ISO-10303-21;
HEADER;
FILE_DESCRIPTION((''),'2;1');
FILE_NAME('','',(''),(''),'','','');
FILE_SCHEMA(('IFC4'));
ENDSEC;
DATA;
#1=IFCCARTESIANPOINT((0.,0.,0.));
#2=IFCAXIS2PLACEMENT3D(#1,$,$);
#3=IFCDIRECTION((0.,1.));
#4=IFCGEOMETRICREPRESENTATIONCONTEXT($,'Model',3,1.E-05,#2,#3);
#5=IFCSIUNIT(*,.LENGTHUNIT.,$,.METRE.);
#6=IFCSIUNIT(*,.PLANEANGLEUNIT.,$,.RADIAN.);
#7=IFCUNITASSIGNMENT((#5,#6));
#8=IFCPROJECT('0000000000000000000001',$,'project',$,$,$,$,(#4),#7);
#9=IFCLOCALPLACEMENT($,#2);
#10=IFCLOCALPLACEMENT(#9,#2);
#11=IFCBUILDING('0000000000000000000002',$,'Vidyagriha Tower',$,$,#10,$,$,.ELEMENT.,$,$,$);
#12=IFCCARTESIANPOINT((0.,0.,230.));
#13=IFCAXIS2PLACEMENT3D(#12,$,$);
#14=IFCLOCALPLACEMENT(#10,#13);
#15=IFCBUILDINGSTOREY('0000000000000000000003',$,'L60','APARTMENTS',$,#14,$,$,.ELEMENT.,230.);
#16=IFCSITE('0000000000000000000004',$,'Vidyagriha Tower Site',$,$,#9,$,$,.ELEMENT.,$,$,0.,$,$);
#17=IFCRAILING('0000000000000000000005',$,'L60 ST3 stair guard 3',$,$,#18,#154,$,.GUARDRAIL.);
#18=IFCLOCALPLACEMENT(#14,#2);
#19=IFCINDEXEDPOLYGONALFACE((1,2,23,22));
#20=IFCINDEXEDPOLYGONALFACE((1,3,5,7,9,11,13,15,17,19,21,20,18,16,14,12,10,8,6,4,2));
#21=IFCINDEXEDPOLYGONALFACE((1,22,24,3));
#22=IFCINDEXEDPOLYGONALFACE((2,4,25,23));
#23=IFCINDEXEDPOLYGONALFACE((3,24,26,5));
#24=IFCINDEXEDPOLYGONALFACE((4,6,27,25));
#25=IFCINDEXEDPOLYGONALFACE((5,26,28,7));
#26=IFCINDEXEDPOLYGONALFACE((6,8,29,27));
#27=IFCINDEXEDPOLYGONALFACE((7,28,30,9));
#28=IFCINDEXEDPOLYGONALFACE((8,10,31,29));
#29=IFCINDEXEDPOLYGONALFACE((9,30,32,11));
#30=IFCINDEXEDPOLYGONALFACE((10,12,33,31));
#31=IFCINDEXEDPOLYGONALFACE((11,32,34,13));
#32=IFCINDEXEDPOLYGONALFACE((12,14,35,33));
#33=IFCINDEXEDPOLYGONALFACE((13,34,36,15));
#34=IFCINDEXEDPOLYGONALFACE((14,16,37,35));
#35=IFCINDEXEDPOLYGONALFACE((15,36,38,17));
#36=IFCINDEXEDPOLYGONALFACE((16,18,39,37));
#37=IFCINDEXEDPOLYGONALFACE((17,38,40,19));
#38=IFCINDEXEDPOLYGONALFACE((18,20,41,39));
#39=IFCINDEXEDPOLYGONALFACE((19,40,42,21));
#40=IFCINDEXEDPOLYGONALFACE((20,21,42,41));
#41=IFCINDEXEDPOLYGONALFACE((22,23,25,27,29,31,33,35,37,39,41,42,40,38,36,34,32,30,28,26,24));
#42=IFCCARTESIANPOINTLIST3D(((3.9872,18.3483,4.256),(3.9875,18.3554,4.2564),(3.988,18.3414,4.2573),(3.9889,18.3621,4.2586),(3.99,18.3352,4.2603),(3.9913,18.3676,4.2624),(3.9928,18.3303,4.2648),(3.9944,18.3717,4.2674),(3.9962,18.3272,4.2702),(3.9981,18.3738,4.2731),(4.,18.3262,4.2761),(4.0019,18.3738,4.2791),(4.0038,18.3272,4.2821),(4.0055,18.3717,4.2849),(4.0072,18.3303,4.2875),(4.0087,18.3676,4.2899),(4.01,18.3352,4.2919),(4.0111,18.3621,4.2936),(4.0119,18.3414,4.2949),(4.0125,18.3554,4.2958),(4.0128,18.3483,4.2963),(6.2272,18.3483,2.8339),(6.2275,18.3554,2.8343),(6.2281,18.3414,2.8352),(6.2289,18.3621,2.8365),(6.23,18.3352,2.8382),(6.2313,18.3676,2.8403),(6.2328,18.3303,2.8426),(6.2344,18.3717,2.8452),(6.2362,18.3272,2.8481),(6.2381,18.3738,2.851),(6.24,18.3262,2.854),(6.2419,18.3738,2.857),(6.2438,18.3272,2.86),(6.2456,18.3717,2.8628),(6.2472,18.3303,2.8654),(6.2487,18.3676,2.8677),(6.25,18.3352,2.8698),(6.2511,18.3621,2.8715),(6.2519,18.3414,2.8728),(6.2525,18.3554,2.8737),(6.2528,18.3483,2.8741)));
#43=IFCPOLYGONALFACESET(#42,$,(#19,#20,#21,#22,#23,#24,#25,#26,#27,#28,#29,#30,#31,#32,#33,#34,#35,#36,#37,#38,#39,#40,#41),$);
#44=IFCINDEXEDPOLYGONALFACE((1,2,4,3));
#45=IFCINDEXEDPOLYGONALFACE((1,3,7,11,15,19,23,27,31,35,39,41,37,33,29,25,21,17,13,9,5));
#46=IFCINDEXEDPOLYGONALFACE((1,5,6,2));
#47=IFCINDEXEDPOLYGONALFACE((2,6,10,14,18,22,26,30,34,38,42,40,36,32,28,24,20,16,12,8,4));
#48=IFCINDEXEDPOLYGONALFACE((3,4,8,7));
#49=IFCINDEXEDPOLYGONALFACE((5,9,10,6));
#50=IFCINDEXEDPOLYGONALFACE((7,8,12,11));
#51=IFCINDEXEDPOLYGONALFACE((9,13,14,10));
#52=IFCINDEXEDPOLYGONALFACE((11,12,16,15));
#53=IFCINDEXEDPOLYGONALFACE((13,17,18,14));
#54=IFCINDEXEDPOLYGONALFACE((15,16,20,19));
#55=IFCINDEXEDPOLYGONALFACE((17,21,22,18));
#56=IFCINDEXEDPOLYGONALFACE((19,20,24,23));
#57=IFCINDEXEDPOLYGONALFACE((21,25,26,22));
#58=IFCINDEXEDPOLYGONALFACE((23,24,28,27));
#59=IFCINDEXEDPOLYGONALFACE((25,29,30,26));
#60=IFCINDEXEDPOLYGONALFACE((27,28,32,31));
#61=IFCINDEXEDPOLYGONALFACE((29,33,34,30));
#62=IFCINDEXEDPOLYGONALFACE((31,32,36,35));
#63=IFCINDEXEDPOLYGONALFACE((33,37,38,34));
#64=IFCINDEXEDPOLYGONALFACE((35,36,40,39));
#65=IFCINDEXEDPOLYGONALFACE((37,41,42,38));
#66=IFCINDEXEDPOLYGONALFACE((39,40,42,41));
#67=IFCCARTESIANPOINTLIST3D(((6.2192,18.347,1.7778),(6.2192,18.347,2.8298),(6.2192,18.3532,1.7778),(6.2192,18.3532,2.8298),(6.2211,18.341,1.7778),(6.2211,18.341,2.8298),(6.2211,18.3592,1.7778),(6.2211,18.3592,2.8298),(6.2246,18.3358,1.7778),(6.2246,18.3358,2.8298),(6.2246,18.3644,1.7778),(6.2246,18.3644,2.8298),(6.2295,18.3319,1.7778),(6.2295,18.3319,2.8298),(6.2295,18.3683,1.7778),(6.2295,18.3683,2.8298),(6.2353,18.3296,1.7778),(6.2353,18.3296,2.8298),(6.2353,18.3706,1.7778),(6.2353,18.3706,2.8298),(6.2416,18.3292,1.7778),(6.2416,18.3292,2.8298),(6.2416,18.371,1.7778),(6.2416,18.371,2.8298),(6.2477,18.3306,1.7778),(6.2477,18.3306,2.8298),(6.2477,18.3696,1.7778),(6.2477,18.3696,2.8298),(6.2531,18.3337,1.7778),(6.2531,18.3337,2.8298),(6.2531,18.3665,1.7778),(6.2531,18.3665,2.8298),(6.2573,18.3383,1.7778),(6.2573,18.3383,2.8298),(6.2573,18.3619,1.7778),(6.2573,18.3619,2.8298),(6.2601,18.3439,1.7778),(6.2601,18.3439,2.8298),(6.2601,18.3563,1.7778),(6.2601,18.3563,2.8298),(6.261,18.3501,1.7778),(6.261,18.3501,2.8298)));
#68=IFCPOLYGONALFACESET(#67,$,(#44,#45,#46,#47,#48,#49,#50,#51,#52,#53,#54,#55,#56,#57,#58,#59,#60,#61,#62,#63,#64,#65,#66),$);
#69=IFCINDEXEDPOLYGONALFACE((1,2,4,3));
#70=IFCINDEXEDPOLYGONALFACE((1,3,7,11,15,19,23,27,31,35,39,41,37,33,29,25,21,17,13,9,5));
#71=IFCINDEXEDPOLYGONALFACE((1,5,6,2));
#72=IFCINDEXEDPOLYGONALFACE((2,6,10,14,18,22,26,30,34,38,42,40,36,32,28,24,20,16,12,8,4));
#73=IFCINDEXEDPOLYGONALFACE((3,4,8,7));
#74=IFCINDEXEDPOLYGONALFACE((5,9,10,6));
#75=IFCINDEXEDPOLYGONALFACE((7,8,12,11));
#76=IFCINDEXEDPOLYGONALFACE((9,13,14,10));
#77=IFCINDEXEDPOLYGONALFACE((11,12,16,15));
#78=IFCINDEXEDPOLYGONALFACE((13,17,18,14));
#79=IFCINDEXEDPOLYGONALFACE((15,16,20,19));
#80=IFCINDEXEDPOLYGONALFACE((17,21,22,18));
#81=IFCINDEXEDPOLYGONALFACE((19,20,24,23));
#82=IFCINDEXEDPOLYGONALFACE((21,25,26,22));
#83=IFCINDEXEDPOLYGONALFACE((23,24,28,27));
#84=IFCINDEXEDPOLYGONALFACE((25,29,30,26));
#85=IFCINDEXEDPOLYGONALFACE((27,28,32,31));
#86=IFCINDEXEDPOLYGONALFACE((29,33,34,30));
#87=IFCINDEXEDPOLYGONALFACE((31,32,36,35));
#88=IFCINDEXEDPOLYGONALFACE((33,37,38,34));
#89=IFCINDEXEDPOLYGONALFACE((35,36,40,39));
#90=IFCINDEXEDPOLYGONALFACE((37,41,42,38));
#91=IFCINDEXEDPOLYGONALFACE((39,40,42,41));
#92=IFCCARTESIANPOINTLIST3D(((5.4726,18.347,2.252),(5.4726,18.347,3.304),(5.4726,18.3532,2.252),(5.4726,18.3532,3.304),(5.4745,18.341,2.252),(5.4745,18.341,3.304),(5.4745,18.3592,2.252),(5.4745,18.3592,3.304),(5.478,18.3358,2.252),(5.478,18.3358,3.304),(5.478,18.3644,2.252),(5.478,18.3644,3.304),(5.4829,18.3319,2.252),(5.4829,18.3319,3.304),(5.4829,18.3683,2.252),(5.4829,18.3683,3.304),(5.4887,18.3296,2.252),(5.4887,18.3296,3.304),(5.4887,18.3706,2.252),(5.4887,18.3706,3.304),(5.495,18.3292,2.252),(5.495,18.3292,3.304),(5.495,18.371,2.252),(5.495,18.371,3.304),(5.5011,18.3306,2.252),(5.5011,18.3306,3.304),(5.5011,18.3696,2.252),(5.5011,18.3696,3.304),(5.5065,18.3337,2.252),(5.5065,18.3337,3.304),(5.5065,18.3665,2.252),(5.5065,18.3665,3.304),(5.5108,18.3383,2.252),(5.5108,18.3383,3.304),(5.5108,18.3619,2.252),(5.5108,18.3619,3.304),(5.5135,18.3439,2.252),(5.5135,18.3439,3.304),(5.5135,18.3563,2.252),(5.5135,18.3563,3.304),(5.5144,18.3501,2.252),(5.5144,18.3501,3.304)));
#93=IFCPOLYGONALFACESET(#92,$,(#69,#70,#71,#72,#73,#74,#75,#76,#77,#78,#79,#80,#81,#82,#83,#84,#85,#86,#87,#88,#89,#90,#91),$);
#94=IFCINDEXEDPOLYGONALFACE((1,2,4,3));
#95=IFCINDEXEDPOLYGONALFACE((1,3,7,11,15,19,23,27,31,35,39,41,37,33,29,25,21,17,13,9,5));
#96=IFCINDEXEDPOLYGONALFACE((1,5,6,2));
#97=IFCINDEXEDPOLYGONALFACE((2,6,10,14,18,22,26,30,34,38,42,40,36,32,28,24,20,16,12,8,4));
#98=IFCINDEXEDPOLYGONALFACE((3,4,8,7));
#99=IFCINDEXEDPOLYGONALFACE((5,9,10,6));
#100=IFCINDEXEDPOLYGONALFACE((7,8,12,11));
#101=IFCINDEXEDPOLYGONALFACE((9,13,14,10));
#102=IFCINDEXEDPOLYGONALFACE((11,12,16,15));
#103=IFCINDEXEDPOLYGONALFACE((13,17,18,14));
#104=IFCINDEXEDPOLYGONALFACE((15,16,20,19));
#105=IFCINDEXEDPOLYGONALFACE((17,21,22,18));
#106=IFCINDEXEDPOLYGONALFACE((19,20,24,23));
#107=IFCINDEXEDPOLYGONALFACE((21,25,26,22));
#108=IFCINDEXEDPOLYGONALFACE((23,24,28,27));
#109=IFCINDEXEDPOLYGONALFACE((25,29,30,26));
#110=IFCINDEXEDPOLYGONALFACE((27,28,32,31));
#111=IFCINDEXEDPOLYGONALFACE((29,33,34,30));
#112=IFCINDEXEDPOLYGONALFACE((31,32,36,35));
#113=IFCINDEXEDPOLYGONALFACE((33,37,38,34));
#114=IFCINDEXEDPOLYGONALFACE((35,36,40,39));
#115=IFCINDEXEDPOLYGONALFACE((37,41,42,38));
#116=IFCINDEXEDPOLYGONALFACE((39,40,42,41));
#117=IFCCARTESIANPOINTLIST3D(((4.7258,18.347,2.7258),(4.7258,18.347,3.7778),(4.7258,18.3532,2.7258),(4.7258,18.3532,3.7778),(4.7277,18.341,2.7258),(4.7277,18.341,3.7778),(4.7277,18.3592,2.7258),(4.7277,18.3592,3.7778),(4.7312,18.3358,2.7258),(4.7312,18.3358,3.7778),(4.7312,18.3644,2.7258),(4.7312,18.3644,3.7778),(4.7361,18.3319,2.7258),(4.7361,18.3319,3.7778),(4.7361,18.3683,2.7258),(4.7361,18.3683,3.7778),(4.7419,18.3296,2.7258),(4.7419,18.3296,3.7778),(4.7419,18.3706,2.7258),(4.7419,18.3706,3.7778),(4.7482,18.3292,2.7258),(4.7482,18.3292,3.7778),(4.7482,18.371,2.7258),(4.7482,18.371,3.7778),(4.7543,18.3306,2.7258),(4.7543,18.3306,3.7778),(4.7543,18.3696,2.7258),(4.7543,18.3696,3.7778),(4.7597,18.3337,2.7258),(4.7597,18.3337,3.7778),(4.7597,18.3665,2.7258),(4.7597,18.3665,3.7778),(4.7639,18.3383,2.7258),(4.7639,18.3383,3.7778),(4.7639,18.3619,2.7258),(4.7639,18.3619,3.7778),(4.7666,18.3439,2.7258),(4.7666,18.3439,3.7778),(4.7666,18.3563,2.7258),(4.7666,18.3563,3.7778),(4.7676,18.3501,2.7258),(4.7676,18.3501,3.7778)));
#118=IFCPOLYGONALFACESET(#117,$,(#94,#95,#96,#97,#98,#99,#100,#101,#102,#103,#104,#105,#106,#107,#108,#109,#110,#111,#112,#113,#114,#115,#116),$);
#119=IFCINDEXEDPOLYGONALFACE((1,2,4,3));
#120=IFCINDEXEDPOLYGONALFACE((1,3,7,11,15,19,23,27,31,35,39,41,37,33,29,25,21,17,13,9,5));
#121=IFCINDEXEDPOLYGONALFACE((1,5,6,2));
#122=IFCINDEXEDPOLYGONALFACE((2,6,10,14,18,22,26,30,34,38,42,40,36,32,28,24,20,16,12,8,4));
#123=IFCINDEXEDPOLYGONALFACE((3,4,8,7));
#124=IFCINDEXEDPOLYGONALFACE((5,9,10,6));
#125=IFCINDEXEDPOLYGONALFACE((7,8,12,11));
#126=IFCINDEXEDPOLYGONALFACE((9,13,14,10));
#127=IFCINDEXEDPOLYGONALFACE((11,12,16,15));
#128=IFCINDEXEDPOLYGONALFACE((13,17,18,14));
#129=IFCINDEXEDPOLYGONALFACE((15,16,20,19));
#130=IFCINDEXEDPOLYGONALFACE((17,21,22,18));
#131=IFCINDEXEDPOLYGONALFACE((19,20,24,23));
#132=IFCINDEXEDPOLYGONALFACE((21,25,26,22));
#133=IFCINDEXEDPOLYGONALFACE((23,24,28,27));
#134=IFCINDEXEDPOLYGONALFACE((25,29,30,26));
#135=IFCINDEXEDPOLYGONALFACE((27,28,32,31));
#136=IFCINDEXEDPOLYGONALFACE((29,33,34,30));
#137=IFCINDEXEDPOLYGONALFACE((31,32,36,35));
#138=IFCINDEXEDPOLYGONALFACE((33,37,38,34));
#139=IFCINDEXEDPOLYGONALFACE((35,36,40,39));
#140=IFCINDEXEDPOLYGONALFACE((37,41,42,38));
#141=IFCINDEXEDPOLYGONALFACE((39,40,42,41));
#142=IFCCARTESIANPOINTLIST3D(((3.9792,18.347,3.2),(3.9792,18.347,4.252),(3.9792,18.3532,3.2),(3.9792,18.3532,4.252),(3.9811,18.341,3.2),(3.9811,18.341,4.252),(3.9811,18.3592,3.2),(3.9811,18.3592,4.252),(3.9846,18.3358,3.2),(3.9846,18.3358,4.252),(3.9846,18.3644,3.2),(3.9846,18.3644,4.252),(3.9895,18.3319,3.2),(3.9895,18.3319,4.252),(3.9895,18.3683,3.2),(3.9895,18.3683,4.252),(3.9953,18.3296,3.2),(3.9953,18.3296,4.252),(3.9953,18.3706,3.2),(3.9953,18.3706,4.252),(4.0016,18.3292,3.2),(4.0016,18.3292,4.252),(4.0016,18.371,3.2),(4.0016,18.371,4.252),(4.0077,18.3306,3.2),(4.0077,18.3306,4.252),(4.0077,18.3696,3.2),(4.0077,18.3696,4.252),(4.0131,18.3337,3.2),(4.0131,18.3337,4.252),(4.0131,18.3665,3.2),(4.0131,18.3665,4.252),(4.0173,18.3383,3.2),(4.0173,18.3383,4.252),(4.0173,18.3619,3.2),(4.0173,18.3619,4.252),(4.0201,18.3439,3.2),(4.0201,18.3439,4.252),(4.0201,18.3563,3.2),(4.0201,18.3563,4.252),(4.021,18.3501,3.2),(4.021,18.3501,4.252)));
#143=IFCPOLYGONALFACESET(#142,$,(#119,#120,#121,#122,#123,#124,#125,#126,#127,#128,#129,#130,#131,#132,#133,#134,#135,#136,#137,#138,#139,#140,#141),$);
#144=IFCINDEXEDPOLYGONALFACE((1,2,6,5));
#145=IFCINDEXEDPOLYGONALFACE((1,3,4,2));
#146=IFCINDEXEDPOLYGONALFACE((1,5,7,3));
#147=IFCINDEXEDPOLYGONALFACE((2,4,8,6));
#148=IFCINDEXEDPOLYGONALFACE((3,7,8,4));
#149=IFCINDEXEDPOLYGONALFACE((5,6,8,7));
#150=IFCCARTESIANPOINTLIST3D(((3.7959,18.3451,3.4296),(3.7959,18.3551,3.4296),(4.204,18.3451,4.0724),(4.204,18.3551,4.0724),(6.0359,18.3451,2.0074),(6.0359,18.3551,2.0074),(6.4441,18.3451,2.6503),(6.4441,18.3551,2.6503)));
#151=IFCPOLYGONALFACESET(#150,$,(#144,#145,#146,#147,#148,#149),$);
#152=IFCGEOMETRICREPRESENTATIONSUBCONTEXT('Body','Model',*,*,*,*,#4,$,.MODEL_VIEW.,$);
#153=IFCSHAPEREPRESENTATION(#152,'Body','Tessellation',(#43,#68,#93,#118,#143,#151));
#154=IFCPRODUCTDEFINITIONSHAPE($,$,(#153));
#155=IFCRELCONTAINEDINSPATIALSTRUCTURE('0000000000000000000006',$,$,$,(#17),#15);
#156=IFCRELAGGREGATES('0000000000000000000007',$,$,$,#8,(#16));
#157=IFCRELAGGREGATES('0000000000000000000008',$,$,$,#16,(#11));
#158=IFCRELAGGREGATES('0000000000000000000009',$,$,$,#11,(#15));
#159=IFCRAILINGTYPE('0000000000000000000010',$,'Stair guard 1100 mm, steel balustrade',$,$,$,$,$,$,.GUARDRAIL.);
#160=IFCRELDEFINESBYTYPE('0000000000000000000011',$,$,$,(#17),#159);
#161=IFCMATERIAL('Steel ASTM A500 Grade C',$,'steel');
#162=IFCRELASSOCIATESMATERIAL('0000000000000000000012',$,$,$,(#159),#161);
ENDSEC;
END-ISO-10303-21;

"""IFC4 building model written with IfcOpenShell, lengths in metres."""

from ifc_helpers import new_model, si_unit, direction, frame, origin, origin_2d, place, context, subcontext, project, spatial, rectangle, circle, extrude, material, type_object, element, save


model = new_model("IFC4")

# Units and contexts
model_context = context("Model", 3, precision=1e-05, world=origin(), true_north=direction((0.0, 1.0)))
body_context = subcontext(model_context, "Body", "Model", "MODEL_VIEW")
ifc_project = project(units=[si_unit("LENGTHUNIT", "METRE"), si_unit("PLANEANGLEUNIT", "RADIAN")], contexts=[model_context])

# Site, building, storey
site_placement = place(None, origin())
site = spatial("IfcSite", under=ifc_project, at=site_placement, Name="Vidyagriha Tower Site", CompositionType="ELEMENT", RefElevation=0.0)
building_placement = place(site_placement, origin())
building = spatial("IfcBuilding", under=site, at=building_placement, Name="Vidyagriha Tower", CompositionType="ELEMENT")
storey_placement = place(building_placement, frame((0.0, 0.0, 230.0)))
storey = spatial("IfcBuildingStorey", under=building, at=storey_placement, Name="L60", Description="APARTMENTS", CompositionType="ELEMENT", Elevation=230.0)

# Railing
ifc_material_1 = material(Name="Steel ASTM A500 Grade C", Category="steel")
railing_type_1 = type_object("IfcRailingType", Name="Stair guard 1100 mm, steel balustrade", PredefinedType="GUARDRAIL", material=ifc_material_1)
railing_1_placement = place(storey_placement, frame((6.24, 18.3501, 1.7778)))
element("IfcRailing", 1, at=railing_1_placement, inside=storey, type_object=railing_type_1, Name="L60 ST3 stair guard 3", PredefinedType="GUARDRAIL", context=body_context, shape_type="SweptSolid", body=[
    extrude(circle(Radius=0.0239, at=origin_2d()), frame((0.0, 0.0, 1.0762), z_axis=(-0.844229, 0.0, 0.535982), x_axis=(0.0, -1.0, 0.0)), (0.0, 0.0, 1.0), 2.6533),
    extrude(circle(Radius=0.021, at=origin_2d()), origin(), (0.0, 0.0, 1.0), 1.052),
    extrude(circle(Radius=0.021, at=origin_2d()), frame((-0.7466, 0.0, 0.4741)), (0.0, 0.0, 1.0), 1.052),
    extrude(circle(Radius=0.021, at=origin_2d()), frame((-1.4934, 0.0, 0.948)), (0.0, 0.0, 1.0), 1.052),
    extrude(circle(Radius=0.021, at=origin_2d()), frame((-2.24, 0.0, 1.4221)), (0.0, 0.0, 1.0), 1.052),
    extrude(rectangle(XDim=0.01, YDim=0.7615, at=origin_2d()), frame((0.0, 0.0, 0.551), z_axis=(-0.844229, 0.0, 0.535982), x_axis=(0.0, -1.0, 0.0)), (0.0, 0.0, 1.0), 2.6533),
])

save(model, "model.ifc")
